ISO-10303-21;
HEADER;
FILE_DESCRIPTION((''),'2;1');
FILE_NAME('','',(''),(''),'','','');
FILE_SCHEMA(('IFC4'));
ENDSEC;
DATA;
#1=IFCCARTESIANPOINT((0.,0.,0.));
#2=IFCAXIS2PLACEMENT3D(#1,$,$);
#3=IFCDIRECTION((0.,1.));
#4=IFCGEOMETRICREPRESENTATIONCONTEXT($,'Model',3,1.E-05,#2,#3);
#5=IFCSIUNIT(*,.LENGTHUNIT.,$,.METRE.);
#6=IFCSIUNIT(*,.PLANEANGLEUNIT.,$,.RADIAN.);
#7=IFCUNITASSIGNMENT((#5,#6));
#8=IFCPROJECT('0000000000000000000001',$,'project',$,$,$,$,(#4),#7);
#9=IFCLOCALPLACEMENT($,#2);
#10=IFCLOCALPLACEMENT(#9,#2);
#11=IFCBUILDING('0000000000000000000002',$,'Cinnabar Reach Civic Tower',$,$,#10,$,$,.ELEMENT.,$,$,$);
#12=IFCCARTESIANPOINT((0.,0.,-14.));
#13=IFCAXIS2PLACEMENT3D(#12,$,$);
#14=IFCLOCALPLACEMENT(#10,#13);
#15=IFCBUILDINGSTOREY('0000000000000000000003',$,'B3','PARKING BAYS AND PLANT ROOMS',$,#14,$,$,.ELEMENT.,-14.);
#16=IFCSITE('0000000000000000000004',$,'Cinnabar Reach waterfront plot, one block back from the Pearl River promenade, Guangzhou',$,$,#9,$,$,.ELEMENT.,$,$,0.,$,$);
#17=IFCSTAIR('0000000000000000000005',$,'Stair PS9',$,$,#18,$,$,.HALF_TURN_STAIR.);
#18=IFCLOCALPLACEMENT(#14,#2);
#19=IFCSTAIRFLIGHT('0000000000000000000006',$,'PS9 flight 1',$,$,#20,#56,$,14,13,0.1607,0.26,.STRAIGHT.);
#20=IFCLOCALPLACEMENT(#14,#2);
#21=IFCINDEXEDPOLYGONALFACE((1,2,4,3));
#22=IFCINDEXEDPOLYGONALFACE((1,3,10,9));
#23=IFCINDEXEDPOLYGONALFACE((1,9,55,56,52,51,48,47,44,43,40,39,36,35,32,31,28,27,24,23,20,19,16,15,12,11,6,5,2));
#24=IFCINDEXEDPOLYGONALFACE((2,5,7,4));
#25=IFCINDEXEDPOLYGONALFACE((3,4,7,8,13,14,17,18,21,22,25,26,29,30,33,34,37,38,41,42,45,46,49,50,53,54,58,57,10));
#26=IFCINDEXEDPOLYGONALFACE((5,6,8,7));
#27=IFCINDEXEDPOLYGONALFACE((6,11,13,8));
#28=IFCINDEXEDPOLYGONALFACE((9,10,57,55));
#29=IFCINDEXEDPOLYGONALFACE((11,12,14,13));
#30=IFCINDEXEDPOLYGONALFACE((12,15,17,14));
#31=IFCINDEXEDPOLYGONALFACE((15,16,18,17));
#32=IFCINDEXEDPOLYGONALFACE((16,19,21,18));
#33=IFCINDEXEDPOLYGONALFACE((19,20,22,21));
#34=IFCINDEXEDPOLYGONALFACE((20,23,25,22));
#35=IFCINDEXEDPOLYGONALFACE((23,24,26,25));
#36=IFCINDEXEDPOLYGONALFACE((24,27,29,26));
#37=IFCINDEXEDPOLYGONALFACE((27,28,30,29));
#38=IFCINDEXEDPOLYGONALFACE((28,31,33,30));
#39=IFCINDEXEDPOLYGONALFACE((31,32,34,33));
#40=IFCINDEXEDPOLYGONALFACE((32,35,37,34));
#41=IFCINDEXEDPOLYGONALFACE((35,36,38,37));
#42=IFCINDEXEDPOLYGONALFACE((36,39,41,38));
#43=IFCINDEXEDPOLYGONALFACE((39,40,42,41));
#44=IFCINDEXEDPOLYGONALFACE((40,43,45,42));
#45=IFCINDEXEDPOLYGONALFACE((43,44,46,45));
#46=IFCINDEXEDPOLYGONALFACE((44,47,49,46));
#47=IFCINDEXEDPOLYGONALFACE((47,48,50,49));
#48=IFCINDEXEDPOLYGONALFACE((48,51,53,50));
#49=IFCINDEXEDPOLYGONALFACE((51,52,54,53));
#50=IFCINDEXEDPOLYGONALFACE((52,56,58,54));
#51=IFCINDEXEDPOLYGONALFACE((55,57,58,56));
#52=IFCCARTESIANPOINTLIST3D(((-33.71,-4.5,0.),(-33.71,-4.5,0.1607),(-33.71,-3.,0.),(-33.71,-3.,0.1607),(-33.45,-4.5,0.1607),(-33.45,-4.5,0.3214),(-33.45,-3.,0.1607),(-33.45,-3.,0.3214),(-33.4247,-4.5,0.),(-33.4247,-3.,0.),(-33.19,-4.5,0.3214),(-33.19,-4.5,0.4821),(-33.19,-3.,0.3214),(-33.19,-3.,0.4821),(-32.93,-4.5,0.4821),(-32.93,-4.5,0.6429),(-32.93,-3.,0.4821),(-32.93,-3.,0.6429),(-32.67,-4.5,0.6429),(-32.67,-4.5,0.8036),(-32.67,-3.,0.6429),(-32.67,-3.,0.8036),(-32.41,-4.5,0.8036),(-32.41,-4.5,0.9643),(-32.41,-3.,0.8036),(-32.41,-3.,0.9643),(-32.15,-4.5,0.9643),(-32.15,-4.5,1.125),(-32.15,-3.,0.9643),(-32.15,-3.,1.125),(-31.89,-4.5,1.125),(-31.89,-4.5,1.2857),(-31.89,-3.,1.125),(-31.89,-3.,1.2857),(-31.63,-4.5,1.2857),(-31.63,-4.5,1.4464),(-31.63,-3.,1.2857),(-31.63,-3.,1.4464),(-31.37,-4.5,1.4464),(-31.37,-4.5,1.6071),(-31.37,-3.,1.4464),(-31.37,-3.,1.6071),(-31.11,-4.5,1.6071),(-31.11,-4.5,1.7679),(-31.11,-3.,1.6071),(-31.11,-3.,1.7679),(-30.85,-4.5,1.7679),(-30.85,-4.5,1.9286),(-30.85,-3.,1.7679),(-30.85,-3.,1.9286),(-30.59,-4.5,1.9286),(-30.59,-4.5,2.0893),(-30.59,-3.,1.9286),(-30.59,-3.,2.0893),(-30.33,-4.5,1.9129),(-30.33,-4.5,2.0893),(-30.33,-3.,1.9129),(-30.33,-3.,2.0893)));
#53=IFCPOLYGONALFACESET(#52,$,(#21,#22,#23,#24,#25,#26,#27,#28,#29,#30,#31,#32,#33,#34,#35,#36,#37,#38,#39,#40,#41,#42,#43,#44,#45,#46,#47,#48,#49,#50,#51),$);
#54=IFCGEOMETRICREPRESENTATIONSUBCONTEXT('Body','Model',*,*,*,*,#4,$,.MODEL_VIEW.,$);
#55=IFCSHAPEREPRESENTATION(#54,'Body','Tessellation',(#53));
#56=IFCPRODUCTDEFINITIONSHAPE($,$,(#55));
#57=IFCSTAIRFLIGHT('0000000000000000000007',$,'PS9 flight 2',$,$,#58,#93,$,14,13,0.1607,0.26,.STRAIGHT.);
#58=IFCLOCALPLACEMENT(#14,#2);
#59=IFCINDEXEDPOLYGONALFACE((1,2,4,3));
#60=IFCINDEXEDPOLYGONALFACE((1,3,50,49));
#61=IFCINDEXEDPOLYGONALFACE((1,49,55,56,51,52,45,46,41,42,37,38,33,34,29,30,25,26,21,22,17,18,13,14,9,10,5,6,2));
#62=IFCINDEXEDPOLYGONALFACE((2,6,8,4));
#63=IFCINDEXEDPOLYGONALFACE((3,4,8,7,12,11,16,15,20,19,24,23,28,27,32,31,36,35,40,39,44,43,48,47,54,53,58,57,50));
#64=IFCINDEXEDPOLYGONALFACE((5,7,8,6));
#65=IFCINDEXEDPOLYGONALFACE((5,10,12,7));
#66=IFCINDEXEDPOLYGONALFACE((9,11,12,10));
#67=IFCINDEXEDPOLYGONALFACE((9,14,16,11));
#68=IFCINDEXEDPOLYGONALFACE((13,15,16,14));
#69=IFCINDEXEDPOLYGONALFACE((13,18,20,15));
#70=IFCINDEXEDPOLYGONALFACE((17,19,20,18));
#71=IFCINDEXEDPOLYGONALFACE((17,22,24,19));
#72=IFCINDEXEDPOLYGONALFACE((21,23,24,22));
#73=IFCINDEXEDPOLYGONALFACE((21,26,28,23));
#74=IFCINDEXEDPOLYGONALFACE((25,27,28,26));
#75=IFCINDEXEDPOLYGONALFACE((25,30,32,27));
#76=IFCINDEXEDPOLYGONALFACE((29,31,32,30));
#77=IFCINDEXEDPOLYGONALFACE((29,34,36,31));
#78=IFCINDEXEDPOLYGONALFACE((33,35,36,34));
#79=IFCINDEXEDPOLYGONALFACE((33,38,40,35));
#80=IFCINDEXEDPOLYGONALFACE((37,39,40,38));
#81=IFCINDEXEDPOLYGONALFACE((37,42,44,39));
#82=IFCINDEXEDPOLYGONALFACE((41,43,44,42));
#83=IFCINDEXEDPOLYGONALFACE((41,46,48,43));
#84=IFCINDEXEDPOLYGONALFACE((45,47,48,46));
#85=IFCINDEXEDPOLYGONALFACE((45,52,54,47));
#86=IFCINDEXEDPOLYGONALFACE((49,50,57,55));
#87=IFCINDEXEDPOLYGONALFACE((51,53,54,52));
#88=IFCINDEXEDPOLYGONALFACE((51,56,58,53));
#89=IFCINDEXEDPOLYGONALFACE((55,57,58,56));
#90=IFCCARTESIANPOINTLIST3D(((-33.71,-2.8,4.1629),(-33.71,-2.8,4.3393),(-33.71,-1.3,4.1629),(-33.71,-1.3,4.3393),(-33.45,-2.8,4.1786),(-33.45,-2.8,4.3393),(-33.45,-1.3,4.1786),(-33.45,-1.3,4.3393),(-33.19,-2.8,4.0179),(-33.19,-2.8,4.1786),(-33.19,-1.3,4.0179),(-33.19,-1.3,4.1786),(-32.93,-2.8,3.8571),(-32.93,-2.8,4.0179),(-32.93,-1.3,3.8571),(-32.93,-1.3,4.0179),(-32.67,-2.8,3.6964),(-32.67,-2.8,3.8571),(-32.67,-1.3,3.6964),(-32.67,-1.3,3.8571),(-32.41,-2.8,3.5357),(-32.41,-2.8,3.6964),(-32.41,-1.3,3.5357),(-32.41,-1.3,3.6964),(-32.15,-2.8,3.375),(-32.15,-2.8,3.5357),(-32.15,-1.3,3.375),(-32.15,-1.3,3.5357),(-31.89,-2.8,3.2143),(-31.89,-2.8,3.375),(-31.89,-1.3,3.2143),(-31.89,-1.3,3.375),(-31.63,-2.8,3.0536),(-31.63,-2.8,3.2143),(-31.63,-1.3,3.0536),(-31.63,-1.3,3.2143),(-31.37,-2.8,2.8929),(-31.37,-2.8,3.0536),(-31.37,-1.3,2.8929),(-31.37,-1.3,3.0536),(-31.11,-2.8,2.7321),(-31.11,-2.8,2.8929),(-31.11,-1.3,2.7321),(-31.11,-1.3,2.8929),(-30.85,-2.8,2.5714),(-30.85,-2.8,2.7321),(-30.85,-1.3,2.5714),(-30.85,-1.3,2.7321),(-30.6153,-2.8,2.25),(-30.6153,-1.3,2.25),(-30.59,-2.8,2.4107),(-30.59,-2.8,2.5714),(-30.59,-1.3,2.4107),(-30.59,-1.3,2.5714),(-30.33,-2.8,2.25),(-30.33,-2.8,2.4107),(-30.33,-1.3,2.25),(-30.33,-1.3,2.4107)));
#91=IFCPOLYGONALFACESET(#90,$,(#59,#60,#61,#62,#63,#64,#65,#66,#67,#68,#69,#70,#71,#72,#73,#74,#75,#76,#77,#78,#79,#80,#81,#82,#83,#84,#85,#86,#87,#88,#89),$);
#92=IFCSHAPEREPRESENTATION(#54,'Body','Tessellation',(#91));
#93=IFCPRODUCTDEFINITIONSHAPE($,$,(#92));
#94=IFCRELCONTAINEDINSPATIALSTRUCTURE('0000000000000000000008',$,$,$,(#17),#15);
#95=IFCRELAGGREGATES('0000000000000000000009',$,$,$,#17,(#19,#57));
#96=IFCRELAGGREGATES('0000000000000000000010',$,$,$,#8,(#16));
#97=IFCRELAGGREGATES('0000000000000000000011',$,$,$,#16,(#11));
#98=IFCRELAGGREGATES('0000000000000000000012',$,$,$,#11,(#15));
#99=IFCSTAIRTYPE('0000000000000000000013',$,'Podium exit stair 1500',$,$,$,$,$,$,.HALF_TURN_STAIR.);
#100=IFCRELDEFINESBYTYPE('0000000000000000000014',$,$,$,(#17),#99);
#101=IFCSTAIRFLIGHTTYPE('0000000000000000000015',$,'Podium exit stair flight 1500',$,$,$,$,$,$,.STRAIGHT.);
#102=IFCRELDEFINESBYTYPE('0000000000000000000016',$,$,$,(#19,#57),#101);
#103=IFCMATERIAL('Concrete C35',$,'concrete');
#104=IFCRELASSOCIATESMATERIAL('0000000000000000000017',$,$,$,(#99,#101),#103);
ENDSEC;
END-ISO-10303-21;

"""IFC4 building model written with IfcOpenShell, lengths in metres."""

from ifc_helpers import new_model, si_unit, direction, frame, origin, place, context, subcontext, project, spatial, polyline, outline, extrude, material, type_object, element, aggregate, save


model = new_model("IFC4")

# Units and contexts
model_context = context("Model", 3, precision=1e-05, world=origin(), true_north=direction((0.0, 1.0)))
body_context = subcontext(model_context, "Body", "Model", "MODEL_VIEW")
ifc_project = project(units=[si_unit("LENGTHUNIT", "METRE"), si_unit("PLANEANGLEUNIT", "RADIAN")], contexts=[model_context])

# Site, building, storey
site_placement = place(None, origin())
site = spatial("IfcSite", under=ifc_project, at=site_placement, Name="Cinnabar Reach waterfront plot, one block back from the Pearl River promenade, Guangzhou", CompositionType="ELEMENT", RefElevation=0.0)
building_placement = place(site_placement, origin())
building = spatial("IfcBuilding", under=site, at=building_placement, Name="Cinnabar Reach Civic Tower", CompositionType="ELEMENT")
storey_placement = place(building_placement, frame((0.0, 0.0, -14.0)))
storey = spatial("IfcBuildingStorey", under=building, at=storey_placement, Name="B3", Description="PARKING BAYS AND PLANT ROOMS", CompositionType="ELEMENT", Elevation=-14.0)

# Stair, stair flights
ifc_material_1 = material(Name="Concrete C35", Category="concrete")
stair_type = type_object("IfcStairType", Name="Podium exit stair 1500", PredefinedType="HALF_TURN_STAIR", material=ifc_material_1)
stair_placement = place(storey_placement, origin())
stair = element("IfcStair", 1, at=stair_placement, inside=storey, type_object=stair_type, Name="Stair PS9", PredefinedType="HALF_TURN_STAIR")
stair_flight_type = type_object("IfcStairFlightType", Name="Podium exit stair flight 1500", PredefinedType="STRAIGHT", material=ifc_material_1)
stair_flight_1_placement = place(storey_placement, frame((-33.71, -3.75, 0.0), z_axis=(0.0, 0.0, 1.0), x_axis=(1.0, 0.0, 0.0)))
stair_flight_1 = element("IfcStairFlight", 2, at=stair_flight_1_placement, type_object=stair_flight_type, Name="PS9 flight 1", NumberOfRisers=14, NumberOfTreads=13, PredefinedType="STRAIGHT", RiserHeight=0.1607, TreadLength=0.26, context=body_context, shape_type="SweptSolid", body=[
    extrude(outline(polyline([(0.0, 0.0), (0.0, 0.1607), (0.26, 0.1607), (0.26, 0.3214), (0.52, 0.3214), (0.52, 0.4821), (0.78, 0.4821), (0.78, 0.6429), (1.04, 0.6429), (1.04, 0.8036), (1.3, 0.8036), (1.3, 0.9643), (1.56, 0.9643), (1.56, 1.125), (1.82, 1.125), (1.82, 1.2857), (2.08, 1.2857), (2.08, 1.4464), (2.34, 1.4464), (2.34, 1.6071), (2.6, 1.6071), (2.6, 1.7679), (2.86, 1.7679), (2.86, 1.9286), (3.12, 1.9286), (3.12, 2.0893), (3.38, 2.0893), (3.38, 2.25), (3.38, 1.9129), (0.2853, 0.0), (0.0, 0.0)])), frame((0.0, 0.75, 0.0), z_axis=(0.0, -1.0, 0.0), x_axis=(1.0, 0.0, 0.0)), (0.0, 0.0, 1.0), 1.5),
])
stair_flight_2_placement = place(storey_placement, frame((-30.33, -2.05, 2.25), z_axis=(0.0, 0.0, 1.0), x_axis=(-1.0, 0.0, 0.0)))
stair_flight_2 = element("IfcStairFlight", 3, at=stair_flight_2_placement, type_object=stair_flight_type, Name="PS9 flight 2", NumberOfRisers=14, NumberOfTreads=13, PredefinedType="STRAIGHT", RiserHeight=0.1607, TreadLength=0.26, context=body_context, shape_type="SweptSolid", body=[
    extrude(outline(polyline([(0.0, 0.0), (0.0, 0.1607), (0.26, 0.1607), (0.26, 0.3214), (0.52, 0.3214), (0.52, 0.4821), (0.78, 0.4821), (0.78, 0.6429), (1.04, 0.6429), (1.04, 0.8036), (1.3, 0.8036), (1.3, 0.9643), (1.56, 0.9643), (1.56, 1.125), (1.82, 1.125), (1.82, 1.2857), (2.08, 1.2857), (2.08, 1.4464), (2.34, 1.4464), (2.34, 1.6071), (2.6, 1.6071), (2.6, 1.7679), (2.86, 1.7679), (2.86, 1.9286), (3.12, 1.9286), (3.12, 2.0893), (3.38, 2.0893), (3.38, 2.25), (3.38, 1.9129), (0.2853, 0.0), (0.0, 0.0)])), frame((0.0, 0.75, 0.0), z_axis=(0.0, -1.0, 0.0), x_axis=(1.0, 0.0, 0.0)), (0.0, 0.0, 1.0), 1.5),
])
aggregate(stair, [stair_flight_1, stair_flight_2])

save(model, "model.ifc")
